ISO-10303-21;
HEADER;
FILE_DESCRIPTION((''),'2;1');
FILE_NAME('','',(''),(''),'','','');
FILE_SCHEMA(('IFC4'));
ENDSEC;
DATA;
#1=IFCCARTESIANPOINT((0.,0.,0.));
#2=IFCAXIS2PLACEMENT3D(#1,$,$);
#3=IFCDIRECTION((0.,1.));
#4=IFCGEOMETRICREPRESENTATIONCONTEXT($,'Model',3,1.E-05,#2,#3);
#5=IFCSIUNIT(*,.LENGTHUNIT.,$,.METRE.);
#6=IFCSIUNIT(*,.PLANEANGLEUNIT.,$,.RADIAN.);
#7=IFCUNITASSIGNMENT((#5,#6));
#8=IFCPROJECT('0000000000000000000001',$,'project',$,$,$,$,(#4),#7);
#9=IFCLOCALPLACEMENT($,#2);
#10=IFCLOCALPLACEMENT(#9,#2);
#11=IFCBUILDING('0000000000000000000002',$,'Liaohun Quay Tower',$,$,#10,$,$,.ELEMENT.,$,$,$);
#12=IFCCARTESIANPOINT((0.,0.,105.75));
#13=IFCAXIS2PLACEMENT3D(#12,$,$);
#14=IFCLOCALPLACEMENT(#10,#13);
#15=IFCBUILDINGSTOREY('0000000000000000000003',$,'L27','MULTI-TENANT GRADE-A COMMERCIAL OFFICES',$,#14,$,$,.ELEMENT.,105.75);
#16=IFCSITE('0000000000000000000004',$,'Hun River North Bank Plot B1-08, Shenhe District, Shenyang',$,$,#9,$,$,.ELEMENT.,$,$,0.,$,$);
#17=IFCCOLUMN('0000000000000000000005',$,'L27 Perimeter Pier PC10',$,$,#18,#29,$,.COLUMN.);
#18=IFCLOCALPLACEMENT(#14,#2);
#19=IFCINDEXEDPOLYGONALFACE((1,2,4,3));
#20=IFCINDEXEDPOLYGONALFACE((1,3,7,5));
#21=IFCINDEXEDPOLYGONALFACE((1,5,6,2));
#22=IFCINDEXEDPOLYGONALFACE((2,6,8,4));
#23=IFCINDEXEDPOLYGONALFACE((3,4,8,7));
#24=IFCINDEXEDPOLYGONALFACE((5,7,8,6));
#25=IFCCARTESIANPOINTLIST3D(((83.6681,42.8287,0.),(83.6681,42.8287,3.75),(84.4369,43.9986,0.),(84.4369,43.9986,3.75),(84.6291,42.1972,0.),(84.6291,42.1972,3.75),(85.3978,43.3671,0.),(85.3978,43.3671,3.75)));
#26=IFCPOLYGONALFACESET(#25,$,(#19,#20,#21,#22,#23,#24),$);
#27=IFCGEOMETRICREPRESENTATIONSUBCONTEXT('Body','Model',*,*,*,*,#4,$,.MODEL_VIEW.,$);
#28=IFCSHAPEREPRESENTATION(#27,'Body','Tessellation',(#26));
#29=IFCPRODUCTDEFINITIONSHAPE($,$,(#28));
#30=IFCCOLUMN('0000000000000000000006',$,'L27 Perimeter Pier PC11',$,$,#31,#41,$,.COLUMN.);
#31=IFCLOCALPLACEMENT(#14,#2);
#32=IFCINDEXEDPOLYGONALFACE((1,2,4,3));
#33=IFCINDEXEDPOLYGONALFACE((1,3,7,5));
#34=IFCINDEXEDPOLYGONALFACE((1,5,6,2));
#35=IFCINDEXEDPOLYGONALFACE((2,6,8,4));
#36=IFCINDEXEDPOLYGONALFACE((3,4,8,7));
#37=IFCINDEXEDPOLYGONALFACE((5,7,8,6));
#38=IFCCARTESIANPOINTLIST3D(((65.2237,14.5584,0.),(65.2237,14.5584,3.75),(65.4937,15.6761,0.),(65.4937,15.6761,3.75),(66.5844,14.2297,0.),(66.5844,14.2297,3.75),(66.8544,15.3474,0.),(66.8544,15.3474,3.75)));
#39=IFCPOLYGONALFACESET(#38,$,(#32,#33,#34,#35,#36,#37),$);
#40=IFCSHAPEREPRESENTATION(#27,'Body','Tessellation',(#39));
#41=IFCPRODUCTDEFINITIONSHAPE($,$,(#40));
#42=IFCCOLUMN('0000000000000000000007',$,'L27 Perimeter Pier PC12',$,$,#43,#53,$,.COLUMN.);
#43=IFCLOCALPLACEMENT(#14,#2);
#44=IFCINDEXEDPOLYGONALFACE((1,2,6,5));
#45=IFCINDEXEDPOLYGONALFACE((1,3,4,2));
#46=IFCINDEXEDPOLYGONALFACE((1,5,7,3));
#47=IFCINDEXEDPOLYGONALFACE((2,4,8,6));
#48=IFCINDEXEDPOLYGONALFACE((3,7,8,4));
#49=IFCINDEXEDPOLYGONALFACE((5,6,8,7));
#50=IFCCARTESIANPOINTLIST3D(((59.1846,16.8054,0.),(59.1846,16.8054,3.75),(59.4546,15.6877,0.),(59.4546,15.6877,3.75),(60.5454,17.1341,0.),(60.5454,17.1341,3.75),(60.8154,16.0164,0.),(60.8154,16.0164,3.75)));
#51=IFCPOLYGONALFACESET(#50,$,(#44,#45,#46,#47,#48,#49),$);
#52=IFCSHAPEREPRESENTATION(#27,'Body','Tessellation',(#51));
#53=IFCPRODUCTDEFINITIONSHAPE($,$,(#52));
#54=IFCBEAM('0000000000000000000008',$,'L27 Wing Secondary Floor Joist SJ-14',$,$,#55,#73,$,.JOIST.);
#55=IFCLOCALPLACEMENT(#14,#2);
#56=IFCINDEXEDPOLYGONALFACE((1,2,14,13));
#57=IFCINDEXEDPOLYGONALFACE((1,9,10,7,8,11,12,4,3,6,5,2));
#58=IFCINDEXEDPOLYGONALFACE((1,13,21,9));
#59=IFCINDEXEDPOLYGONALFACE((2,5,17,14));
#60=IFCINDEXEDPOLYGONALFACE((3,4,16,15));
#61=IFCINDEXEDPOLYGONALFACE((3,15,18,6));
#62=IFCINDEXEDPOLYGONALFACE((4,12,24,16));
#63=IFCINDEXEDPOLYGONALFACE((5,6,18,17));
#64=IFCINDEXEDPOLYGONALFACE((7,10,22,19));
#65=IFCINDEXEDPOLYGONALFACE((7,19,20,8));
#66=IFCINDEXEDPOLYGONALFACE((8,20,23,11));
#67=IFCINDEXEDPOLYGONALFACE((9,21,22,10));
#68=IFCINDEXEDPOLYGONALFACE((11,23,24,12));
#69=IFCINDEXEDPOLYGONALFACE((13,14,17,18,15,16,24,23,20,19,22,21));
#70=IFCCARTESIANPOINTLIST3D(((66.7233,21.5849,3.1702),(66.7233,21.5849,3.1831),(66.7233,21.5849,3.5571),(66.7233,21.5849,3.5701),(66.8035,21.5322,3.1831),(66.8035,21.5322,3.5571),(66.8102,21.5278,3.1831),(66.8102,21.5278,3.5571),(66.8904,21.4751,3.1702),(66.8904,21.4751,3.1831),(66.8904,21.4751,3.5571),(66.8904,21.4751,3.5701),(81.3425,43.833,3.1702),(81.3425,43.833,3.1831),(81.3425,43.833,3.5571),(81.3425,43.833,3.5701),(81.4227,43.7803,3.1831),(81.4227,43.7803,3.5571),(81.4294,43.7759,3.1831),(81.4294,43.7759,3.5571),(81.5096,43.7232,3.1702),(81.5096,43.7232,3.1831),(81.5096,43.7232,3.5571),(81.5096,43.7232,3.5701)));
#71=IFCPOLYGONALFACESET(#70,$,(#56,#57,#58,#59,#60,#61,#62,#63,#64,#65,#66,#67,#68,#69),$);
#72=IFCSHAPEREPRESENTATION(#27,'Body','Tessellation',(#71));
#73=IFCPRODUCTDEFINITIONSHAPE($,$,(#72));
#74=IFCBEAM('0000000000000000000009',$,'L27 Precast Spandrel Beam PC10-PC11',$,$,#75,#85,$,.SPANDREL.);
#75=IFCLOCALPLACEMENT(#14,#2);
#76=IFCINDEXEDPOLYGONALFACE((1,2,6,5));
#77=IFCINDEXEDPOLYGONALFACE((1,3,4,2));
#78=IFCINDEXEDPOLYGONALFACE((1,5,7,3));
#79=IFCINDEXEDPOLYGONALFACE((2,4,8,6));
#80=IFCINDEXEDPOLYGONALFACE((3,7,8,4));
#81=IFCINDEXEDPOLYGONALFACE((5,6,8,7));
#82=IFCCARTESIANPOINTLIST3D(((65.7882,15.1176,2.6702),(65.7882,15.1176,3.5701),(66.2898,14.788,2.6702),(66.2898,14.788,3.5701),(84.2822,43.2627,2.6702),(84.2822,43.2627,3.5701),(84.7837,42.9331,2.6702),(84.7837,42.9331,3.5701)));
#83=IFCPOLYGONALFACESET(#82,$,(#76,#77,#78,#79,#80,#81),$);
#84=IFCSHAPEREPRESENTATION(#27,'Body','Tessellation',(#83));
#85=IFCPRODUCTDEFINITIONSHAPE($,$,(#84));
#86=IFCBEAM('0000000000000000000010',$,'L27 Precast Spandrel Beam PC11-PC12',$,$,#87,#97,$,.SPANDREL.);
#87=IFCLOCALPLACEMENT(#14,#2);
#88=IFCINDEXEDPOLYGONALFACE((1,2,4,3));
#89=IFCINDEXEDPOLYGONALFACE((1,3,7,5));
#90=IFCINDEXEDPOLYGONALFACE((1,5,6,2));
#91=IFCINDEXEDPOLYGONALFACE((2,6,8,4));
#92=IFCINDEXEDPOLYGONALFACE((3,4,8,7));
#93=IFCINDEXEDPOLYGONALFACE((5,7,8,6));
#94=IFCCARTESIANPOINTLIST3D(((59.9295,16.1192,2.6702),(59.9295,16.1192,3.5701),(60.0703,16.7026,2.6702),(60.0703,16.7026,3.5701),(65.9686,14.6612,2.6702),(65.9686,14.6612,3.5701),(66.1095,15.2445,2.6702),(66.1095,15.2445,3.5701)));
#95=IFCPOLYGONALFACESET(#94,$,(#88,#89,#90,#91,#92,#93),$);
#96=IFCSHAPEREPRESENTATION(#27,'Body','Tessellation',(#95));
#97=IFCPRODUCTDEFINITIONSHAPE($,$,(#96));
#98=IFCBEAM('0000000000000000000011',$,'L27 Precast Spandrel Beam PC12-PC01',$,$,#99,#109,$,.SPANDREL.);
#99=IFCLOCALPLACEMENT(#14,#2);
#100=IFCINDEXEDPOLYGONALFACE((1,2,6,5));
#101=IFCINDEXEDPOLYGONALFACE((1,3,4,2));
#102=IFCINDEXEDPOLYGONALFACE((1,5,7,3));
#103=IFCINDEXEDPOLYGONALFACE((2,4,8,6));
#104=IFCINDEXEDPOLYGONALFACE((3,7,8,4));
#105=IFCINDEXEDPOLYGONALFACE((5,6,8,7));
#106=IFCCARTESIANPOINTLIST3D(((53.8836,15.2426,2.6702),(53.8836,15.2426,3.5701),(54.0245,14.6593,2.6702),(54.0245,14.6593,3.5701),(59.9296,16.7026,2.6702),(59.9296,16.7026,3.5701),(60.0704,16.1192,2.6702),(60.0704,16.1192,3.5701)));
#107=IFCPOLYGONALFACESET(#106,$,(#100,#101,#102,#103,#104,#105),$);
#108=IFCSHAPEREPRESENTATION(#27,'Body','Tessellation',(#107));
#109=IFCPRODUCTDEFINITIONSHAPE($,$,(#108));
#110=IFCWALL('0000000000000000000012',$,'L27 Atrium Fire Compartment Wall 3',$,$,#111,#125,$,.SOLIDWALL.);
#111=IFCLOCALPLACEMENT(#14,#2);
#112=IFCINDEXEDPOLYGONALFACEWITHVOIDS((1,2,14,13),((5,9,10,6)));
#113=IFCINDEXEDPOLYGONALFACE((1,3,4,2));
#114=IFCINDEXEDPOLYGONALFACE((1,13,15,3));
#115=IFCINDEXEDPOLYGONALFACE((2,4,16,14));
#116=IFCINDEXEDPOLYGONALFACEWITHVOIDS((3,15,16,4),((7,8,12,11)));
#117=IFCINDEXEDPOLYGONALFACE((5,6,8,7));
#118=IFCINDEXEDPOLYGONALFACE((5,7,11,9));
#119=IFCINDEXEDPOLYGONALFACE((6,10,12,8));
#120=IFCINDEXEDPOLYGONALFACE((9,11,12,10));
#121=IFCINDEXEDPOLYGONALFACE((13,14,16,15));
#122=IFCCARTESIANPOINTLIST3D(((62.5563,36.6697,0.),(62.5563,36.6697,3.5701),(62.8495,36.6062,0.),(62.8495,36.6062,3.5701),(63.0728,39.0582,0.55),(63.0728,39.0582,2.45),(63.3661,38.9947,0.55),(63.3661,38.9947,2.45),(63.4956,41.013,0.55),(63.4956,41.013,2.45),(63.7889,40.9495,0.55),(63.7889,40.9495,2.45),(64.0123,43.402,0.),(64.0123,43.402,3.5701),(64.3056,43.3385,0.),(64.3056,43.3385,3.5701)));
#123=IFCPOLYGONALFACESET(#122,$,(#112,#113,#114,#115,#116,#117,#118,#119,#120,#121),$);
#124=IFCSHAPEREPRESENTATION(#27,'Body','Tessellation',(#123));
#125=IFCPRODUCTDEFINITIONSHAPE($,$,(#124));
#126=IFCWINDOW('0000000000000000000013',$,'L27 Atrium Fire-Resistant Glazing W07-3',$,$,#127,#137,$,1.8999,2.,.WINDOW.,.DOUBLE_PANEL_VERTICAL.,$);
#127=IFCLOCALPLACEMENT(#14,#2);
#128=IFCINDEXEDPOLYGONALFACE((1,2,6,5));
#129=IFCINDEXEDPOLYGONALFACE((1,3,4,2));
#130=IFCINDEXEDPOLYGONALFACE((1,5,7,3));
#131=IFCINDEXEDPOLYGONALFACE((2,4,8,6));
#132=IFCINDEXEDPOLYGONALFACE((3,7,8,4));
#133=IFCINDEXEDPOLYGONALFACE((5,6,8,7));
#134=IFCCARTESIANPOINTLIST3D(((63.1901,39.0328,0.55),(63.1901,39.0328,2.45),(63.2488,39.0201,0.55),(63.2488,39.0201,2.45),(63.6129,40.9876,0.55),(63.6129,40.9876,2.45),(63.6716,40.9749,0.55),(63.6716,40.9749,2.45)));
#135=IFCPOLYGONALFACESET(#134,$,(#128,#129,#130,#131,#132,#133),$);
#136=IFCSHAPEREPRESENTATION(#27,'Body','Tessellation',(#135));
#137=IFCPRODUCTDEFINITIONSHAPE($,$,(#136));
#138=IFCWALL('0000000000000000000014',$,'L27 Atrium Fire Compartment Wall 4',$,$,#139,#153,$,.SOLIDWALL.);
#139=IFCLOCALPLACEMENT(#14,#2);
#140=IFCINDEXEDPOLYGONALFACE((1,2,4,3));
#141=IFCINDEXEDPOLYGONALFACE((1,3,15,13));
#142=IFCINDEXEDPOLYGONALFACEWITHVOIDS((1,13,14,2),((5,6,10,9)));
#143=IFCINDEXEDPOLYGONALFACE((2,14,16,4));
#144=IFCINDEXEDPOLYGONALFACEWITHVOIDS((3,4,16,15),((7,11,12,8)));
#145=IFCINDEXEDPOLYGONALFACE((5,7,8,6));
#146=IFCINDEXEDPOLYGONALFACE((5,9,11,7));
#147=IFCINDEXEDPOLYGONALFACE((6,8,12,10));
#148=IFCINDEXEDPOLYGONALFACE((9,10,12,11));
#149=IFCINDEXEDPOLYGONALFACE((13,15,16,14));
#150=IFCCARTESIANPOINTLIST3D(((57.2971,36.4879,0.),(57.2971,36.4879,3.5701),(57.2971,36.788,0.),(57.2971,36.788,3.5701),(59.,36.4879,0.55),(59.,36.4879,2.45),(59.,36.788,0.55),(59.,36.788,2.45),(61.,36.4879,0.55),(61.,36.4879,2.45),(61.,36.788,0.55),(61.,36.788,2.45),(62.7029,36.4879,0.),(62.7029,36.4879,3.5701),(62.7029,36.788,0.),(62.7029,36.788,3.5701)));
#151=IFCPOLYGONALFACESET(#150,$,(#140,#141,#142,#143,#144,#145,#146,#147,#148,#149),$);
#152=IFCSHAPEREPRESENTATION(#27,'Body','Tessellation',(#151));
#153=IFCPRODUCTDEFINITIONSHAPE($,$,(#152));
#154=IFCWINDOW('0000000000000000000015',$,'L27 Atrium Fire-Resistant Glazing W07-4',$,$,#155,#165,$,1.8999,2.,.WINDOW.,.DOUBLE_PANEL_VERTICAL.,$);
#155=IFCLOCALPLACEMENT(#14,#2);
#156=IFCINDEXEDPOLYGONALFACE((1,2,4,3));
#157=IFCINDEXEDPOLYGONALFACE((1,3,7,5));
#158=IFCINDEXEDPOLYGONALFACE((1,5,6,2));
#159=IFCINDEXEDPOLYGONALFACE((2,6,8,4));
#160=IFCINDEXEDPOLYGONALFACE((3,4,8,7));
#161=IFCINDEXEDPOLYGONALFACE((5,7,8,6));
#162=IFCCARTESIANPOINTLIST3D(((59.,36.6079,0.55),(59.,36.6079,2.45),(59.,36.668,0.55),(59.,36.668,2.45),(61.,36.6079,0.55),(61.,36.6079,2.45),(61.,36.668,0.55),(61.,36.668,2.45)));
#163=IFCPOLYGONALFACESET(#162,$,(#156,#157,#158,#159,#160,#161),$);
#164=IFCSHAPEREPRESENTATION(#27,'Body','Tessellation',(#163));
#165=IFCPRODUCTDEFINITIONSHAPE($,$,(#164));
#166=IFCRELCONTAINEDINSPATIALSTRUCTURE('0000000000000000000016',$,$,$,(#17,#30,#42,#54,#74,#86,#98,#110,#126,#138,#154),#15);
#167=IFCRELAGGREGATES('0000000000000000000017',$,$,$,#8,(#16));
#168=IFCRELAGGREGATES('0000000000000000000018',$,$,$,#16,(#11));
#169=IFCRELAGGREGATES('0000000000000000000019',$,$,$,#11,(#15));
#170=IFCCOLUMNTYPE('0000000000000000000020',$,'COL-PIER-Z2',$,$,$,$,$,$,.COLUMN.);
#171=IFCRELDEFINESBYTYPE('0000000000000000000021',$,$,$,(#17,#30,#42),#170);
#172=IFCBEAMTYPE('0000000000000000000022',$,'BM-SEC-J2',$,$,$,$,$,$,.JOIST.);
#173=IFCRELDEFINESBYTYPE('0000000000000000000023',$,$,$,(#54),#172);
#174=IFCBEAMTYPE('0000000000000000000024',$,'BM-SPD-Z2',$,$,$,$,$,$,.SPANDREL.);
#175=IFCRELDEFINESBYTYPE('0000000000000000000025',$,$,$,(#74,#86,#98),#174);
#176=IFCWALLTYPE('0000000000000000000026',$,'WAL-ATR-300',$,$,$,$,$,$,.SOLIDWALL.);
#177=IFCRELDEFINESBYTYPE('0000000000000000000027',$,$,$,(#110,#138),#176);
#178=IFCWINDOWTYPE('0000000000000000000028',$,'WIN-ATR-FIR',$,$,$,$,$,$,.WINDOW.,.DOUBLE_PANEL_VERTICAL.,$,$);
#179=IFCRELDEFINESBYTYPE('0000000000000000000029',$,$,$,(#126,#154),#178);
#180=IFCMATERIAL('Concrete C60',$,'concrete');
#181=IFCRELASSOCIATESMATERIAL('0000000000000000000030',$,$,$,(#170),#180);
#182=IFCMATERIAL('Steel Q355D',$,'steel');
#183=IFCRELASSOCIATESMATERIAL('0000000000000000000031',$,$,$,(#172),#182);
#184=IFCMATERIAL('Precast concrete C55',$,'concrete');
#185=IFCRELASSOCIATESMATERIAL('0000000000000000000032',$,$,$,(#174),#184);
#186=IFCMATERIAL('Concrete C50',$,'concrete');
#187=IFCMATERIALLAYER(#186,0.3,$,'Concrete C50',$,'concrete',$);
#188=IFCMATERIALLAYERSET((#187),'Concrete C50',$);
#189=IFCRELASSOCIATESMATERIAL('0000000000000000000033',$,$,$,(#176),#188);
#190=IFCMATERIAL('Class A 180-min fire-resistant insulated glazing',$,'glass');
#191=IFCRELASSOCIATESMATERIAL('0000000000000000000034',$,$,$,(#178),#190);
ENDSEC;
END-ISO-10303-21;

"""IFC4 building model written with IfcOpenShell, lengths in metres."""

from ifc_helpers import new_model, si_unit, direction, frame, frame_2d, origin, origin_2d, place, context, subcontext, project, spatial, rectangle, i_section, extrude, source, transform, mapped, material, layer, layer_set, material_profile, profile_set, type_object, element, fill, save


model = new_model("IFC4")

# Units and contexts
model_context = context("Model", 3, precision=1e-05, world=origin(), true_north=direction((0.0, 1.0)))
body_context = subcontext(model_context, "Body", "Model", "MODEL_VIEW")
ifc_project = project(units=[si_unit("LENGTHUNIT", "METRE"), si_unit("PLANEANGLEUNIT", "RADIAN")], contexts=[model_context])

# Site, building, storey
site_placement = place(None, origin())
site = spatial("IfcSite", under=ifc_project, at=site_placement, Name="Hun River North Bank Plot B1-08, Shenhe District, Shenyang", CompositionType="ELEMENT", RefElevation=0.0)
building_placement = place(site_placement, origin())
building = spatial("IfcBuilding", under=site, at=building_placement, Name="Liaohun Quay Tower", CompositionType="ELEMENT")
storey_placement = place(building_placement, frame((0.0, 0.0, 105.75)))
storey = spatial("IfcBuildingStorey", under=building, at=storey_placement, Name="L27", Description="MULTI-TENANT GRADE-A COMMERCIAL OFFICES", CompositionType="ELEMENT", Elevation=105.75)

# Columns
ifc_material_1 = material(Name="Concrete C60", Category="concrete")
ifc_material_profile_1 = material_profile(ifc_material_1, rectangle(XDim=1.3999, YDim=1.1499, at=origin_2d()), Name="RC1400x1150")
ifc_profile_set_1 = profile_set([ifc_material_profile_1], Name="Concrete C60")
column_type = type_object("IfcColumnType", Name="COL-PIER-Z2", PredefinedType="COLUMN", material=ifc_profile_set_1)
shared_shape_1 = source(origin(), body_context, "Body", "SweptSolid", [
    extrude(rectangle(XDim=1.3999, YDim=1.1499, at=origin_2d()), origin(), (0.0, 0.0, 1.0), 3.75),
])
for number, where, z_axis, x_axis, name in (
    (1, (84.533, 43.0979, 0.0), (0.0, 0.0, 1.0), (0.549169, 0.835712, 0.0), "L27 Perimeter Pier PC10"),
    (2, (66.0391, 14.9529, 0.0), (0.0, 0.0, 1.0), (-0.972043, 0.234803, 0.0), "L27 Perimeter Pier PC11"),
    (3, (60.0, 16.4109, 0.0), (0.0, 0.0, 1.0), (0.972043, 0.234803, 0.0), "L27 Perimeter Pier PC12"),
):
    element("IfcColumn", number, at=place(storey_placement, frame(where, z_axis=z_axis, x_axis=x_axis)), inside=storey, type_object=column_type, Name=name, PredefinedType="COLUMN", context=body_context, shape_type="MappedRepresentation", body=[
        mapped(shared_shape_1, transform((0.0, 0.0, 0.0), x_axis=(1.0, 0.0, 0.0), y_axis=(0.0, 1.0, 0.0), z_axis=(0.0, 0.0, 1.0), scale=1.0)),
    ])

# Beams
ifc_material_2 = material(Name="Steel Q355D", Category="steel")
ifc_material_profile_2 = material_profile(ifc_material_2, i_section(OverallWidth=0.2, OverallDepth=0.3999, WebThickness=0.0081, FlangeThickness=0.0129, at=origin_2d()), Name="HN400x200x8x13")
ifc_profile_set_2 = profile_set([ifc_material_profile_2], Name="Steel Q355D")
beam_type_1 = type_object("IfcBeamType", Name="BM-SEC-J2", PredefinedType="JOIST", material=ifc_profile_set_2)
shared_shape_2 = source(origin(), body_context, "Body", "SweptSolid", [
    extrude(i_section(OverallWidth=0.2, OverallDepth=0.3999, WebThickness=0.0081, FlangeThickness=0.0129, at=origin_2d()), origin(), (0.0, 0.0, 1.0), 26.6213),
])
beam_1_placement = place(storey_placement, frame((81.426, 43.7781, 3.3701), z_axis=(-0.549152, -0.835723, 0.0), x_axis=(0.835723, -0.549152, 0.0)))
element("IfcBeam", 4, at=beam_1_placement, inside=storey, type_object=beam_type_1, Name="L27 Wing Secondary Floor Joist SJ-14", PredefinedType="JOIST", context=body_context, shape_type="MappedRepresentation", body=[
    mapped(shared_shape_2, transform((0.0, 0.0, 0.0), x_axis=(1.0, 0.0, 0.0), y_axis=(0.0, 1.0, 0.0), z_axis=(0.0, 0.0, 1.0), scale=1.0)),
])
ifc_material_3 = material(Name="Precast concrete C55", Category="concrete")
ifc_material_profile_3 = material_profile(ifc_material_3, rectangle(XDim=0.6001, YDim=0.8999, at=origin_2d()), Name="RC600x900")
ifc_profile_set_3 = profile_set([ifc_material_profile_3], Name="Precast concrete C55")
beam_type_2 = type_object("IfcBeamType", Name="BM-SPD-Z2", PredefinedType="SPANDREL", material=ifc_profile_set_3)
shared_shape_3 = source(origin(), body_context, "Body", "SweptSolid", [
    extrude(rectangle(XDim=0.6001, YDim=0.8999, at=origin_2d()), origin(), (0.0, 0.0, 1.0), 33.6775),
])
beam_2_placement = place(storey_placement, frame((84.533, 43.0979, 3.1201), z_axis=(-0.549149, -0.835725, 0.0), x_axis=(0.835725, -0.549149, 0.0)))
element("IfcBeam", 5, at=beam_2_placement, inside=storey, type_object=beam_type_2, Name="L27 Precast Spandrel Beam PC10-PC11", PredefinedType="SPANDREL", context=body_context, shape_type="MappedRepresentation", body=[
    mapped(shared_shape_3, transform((0.0, 0.0, 0.0), x_axis=(1.0, 0.0, 0.0), y_axis=(0.0, 1.0, 0.0), z_axis=(0.0, 0.0, 1.0), scale=1.0)),
])
shared_shape_4 = source(origin(), body_context, "Body", "SweptSolid", [
    extrude(rectangle(XDim=0.6001, YDim=0.8999, at=origin_2d()), origin(), (0.0, 0.0, 1.0), 6.2126),
])
beam_3_placement = place(storey_placement, frame((66.0391, 14.9529, 3.1201), z_axis=(-0.972071, 0.234687, 0.0), x_axis=(-0.234687, -0.972071, 0.0)))
element("IfcBeam", 6, at=beam_3_placement, inside=storey, type_object=beam_type_2, Name="L27 Precast Spandrel Beam PC11-PC12", PredefinedType="SPANDREL", context=body_context, shape_type="MappedRepresentation", body=[
    mapped(shared_shape_4, transform((0.0, 0.0, 0.0), x_axis=(1.0, 0.0, 0.0), y_axis=(0.0, 1.0, 0.0), z_axis=(0.0, 0.0, 1.0), scale=1.0)),
])
shared_shape_5 = source(origin(), body_context, "Body", "SweptSolid", [
    extrude(rectangle(XDim=0.6001, YDim=0.8999, at=origin_2d()), origin(), (0.0, 0.0, 1.0), 6.2197),
])
beam_4_placement = place(storey_placement, frame((60.0, 16.4109, 3.1201), z_axis=(-0.97206, -0.234733, 0.0), x_axis=(0.234733, -0.97206, 0.0)))
element("IfcBeam", 7, at=beam_4_placement, inside=storey, type_object=beam_type_2, Name="L27 Precast Spandrel Beam PC12-PC01", PredefinedType="SPANDREL", context=body_context, shape_type="MappedRepresentation", body=[
    mapped(shared_shape_5, transform((0.0, 0.0, 0.0), x_axis=(1.0, 0.0, 0.0), y_axis=(0.0, 1.0, 0.0), z_axis=(0.0, 0.0, 1.0), scale=1.0)),
])

# Walls, openings, windows
ifc_material_4 = material(Name="Concrete C50", Category="concrete")
ifc_layer_1 = layer(ifc_material_4, 0.3, Name="Concrete C50", Category="concrete")
ifc_layer_set_1 = layer_set([ifc_layer_1], Name="Concrete C50")
wall_type_1 = type_object("IfcWallType", Name="WAL-ATR-300", PredefinedType="SOLIDWALL", material=ifc_layer_set_1)
wall_1_placement = place(storey_placement, frame((64.1589, 43.3701, 0.0), z_axis=(0.0, 0.0, 1.0), x_axis=(-0.211395, -0.977401, 0.0)))
wall_1 = element("IfcWall", 8, at=wall_1_placement, inside=storey, type_object=wall_type_1, Name="L27 Atrium Fire Compartment Wall 3", PredefinedType="SOLIDWALL", context=body_context, shape_type="SweptSolid", body=[
    extrude(rectangle(XDim=6.8879, YDim=0.3, at=frame_2d((3.4438, 0.0))), origin(), (0.0, 0.0, 1.0), 3.5701),
])
shared_shape_6 = source(origin(), body_context, "Body", "SweptSolid", [
    extrude(rectangle(XDim=2.0, YDim=1.8999, at=frame_2d((1.0, 0.95))), frame((0.0, 0.1599, 0.0), z_axis=(0.0, -1.0, 0.0), x_axis=(1.0, 0.0, 0.0)), (0.0, 0.0, 1.0), 0.3201),
])
opening_1_placement = place(wall_1_placement, frame((2.4441, 0.0, 0.55)))
opening_1 = element("IfcOpeningElement", 9, at=opening_1_placement, cuts=wall_1, PredefinedType="OPENING", context=body_context, shape_type="MappedRepresentation", body=[
    mapped(shared_shape_6, transform((0.0, 0.0, 0.0), x_axis=(1.0, 0.0, 0.0), y_axis=(0.0, 1.0, 0.0), z_axis=(0.0, 0.0, 1.0), scale=1.0)),
])
ifc_material_5 = material(Name="Class A 180-min fire-resistant insulated glazing", Category="glass")
window_type_1 = type_object("IfcWindowType", Name="WIN-ATR-FIR", PartitioningType="DOUBLE_PANEL_VERTICAL", PredefinedType="WINDOW", material=ifc_material_5)
shared_shape_7 = source(origin(), body_context, "Body", "SweptSolid", [
    extrude(rectangle(XDim=2.0, YDim=1.8999, at=frame_2d((1.0, 0.95))), frame((0.0, 0.03, 0.0), z_axis=(0.0, -1.0, 0.0), x_axis=(1.0, 0.0, 0.0)), (0.0, 0.0, 1.0), 0.0601),
])
window_1_placement = place(opening_1_placement, origin())
window_1 = element("IfcWindow", 10, at=window_1_placement, inside=storey, type_object=window_type_1, Name="L27 Atrium Fire-Resistant Glazing W07-3", OverallHeight=1.8999, OverallWidth=2.0, PartitioningType="DOUBLE_PANEL_VERTICAL", PredefinedType="WINDOW", context=body_context, shape_type="MappedRepresentation", body=[
    mapped(shared_shape_7, transform((0.0, 0.0, 0.0), x_axis=(1.0, 0.0, 0.0), y_axis=(0.0, 1.0, 0.0), z_axis=(0.0, 0.0, 1.0), scale=1.0)),
])
fill(opening_1, window_1)
wall_2_placement = place(storey_placement, frame((62.7029, 36.6379, 0.0), z_axis=(0.0, 0.0, 1.0), x_axis=(-1.0, 0.0, 0.0)))
wall_2 = element("IfcWall", 11, at=wall_2_placement, inside=storey, type_object=wall_type_1, Name="L27 Atrium Fire Compartment Wall 4", PredefinedType="SOLIDWALL", context=body_context, shape_type="SweptSolid", body=[
    extrude(rectangle(XDim=5.4058, YDim=0.3, at=frame_2d((2.7029, 0.0))), origin(), (0.0, 0.0, 1.0), 3.5701),
])
opening_2_placement = place(wall_2_placement, frame((1.7029, 0.0, 0.55)))
opening_2 = element("IfcOpeningElement", 12, at=opening_2_placement, cuts=wall_2, PredefinedType="OPENING", context=body_context, shape_type="MappedRepresentation", body=[
    mapped(shared_shape_6, transform((0.0, 0.0, 0.0), x_axis=(1.0, 0.0, 0.0), y_axis=(0.0, 1.0, 0.0), z_axis=(0.0, 0.0, 1.0), scale=1.0)),
])
window_2_placement = place(opening_2_placement, origin())
window_2 = element("IfcWindow", 13, at=window_2_placement, inside=storey, type_object=window_type_1, Name="L27 Atrium Fire-Resistant Glazing W07-4", OverallHeight=1.8999, OverallWidth=2.0, PartitioningType="DOUBLE_PANEL_VERTICAL", PredefinedType="WINDOW", context=body_context, shape_type="MappedRepresentation", body=[
    mapped(shared_shape_7, transform((0.0, 0.0, 0.0), x_axis=(1.0, 0.0, 0.0), y_axis=(0.0, 1.0, 0.0), z_axis=(0.0, 0.0, 1.0), scale=1.0)),
])
fill(opening_2, window_2)

save(model, "model.ifc")
